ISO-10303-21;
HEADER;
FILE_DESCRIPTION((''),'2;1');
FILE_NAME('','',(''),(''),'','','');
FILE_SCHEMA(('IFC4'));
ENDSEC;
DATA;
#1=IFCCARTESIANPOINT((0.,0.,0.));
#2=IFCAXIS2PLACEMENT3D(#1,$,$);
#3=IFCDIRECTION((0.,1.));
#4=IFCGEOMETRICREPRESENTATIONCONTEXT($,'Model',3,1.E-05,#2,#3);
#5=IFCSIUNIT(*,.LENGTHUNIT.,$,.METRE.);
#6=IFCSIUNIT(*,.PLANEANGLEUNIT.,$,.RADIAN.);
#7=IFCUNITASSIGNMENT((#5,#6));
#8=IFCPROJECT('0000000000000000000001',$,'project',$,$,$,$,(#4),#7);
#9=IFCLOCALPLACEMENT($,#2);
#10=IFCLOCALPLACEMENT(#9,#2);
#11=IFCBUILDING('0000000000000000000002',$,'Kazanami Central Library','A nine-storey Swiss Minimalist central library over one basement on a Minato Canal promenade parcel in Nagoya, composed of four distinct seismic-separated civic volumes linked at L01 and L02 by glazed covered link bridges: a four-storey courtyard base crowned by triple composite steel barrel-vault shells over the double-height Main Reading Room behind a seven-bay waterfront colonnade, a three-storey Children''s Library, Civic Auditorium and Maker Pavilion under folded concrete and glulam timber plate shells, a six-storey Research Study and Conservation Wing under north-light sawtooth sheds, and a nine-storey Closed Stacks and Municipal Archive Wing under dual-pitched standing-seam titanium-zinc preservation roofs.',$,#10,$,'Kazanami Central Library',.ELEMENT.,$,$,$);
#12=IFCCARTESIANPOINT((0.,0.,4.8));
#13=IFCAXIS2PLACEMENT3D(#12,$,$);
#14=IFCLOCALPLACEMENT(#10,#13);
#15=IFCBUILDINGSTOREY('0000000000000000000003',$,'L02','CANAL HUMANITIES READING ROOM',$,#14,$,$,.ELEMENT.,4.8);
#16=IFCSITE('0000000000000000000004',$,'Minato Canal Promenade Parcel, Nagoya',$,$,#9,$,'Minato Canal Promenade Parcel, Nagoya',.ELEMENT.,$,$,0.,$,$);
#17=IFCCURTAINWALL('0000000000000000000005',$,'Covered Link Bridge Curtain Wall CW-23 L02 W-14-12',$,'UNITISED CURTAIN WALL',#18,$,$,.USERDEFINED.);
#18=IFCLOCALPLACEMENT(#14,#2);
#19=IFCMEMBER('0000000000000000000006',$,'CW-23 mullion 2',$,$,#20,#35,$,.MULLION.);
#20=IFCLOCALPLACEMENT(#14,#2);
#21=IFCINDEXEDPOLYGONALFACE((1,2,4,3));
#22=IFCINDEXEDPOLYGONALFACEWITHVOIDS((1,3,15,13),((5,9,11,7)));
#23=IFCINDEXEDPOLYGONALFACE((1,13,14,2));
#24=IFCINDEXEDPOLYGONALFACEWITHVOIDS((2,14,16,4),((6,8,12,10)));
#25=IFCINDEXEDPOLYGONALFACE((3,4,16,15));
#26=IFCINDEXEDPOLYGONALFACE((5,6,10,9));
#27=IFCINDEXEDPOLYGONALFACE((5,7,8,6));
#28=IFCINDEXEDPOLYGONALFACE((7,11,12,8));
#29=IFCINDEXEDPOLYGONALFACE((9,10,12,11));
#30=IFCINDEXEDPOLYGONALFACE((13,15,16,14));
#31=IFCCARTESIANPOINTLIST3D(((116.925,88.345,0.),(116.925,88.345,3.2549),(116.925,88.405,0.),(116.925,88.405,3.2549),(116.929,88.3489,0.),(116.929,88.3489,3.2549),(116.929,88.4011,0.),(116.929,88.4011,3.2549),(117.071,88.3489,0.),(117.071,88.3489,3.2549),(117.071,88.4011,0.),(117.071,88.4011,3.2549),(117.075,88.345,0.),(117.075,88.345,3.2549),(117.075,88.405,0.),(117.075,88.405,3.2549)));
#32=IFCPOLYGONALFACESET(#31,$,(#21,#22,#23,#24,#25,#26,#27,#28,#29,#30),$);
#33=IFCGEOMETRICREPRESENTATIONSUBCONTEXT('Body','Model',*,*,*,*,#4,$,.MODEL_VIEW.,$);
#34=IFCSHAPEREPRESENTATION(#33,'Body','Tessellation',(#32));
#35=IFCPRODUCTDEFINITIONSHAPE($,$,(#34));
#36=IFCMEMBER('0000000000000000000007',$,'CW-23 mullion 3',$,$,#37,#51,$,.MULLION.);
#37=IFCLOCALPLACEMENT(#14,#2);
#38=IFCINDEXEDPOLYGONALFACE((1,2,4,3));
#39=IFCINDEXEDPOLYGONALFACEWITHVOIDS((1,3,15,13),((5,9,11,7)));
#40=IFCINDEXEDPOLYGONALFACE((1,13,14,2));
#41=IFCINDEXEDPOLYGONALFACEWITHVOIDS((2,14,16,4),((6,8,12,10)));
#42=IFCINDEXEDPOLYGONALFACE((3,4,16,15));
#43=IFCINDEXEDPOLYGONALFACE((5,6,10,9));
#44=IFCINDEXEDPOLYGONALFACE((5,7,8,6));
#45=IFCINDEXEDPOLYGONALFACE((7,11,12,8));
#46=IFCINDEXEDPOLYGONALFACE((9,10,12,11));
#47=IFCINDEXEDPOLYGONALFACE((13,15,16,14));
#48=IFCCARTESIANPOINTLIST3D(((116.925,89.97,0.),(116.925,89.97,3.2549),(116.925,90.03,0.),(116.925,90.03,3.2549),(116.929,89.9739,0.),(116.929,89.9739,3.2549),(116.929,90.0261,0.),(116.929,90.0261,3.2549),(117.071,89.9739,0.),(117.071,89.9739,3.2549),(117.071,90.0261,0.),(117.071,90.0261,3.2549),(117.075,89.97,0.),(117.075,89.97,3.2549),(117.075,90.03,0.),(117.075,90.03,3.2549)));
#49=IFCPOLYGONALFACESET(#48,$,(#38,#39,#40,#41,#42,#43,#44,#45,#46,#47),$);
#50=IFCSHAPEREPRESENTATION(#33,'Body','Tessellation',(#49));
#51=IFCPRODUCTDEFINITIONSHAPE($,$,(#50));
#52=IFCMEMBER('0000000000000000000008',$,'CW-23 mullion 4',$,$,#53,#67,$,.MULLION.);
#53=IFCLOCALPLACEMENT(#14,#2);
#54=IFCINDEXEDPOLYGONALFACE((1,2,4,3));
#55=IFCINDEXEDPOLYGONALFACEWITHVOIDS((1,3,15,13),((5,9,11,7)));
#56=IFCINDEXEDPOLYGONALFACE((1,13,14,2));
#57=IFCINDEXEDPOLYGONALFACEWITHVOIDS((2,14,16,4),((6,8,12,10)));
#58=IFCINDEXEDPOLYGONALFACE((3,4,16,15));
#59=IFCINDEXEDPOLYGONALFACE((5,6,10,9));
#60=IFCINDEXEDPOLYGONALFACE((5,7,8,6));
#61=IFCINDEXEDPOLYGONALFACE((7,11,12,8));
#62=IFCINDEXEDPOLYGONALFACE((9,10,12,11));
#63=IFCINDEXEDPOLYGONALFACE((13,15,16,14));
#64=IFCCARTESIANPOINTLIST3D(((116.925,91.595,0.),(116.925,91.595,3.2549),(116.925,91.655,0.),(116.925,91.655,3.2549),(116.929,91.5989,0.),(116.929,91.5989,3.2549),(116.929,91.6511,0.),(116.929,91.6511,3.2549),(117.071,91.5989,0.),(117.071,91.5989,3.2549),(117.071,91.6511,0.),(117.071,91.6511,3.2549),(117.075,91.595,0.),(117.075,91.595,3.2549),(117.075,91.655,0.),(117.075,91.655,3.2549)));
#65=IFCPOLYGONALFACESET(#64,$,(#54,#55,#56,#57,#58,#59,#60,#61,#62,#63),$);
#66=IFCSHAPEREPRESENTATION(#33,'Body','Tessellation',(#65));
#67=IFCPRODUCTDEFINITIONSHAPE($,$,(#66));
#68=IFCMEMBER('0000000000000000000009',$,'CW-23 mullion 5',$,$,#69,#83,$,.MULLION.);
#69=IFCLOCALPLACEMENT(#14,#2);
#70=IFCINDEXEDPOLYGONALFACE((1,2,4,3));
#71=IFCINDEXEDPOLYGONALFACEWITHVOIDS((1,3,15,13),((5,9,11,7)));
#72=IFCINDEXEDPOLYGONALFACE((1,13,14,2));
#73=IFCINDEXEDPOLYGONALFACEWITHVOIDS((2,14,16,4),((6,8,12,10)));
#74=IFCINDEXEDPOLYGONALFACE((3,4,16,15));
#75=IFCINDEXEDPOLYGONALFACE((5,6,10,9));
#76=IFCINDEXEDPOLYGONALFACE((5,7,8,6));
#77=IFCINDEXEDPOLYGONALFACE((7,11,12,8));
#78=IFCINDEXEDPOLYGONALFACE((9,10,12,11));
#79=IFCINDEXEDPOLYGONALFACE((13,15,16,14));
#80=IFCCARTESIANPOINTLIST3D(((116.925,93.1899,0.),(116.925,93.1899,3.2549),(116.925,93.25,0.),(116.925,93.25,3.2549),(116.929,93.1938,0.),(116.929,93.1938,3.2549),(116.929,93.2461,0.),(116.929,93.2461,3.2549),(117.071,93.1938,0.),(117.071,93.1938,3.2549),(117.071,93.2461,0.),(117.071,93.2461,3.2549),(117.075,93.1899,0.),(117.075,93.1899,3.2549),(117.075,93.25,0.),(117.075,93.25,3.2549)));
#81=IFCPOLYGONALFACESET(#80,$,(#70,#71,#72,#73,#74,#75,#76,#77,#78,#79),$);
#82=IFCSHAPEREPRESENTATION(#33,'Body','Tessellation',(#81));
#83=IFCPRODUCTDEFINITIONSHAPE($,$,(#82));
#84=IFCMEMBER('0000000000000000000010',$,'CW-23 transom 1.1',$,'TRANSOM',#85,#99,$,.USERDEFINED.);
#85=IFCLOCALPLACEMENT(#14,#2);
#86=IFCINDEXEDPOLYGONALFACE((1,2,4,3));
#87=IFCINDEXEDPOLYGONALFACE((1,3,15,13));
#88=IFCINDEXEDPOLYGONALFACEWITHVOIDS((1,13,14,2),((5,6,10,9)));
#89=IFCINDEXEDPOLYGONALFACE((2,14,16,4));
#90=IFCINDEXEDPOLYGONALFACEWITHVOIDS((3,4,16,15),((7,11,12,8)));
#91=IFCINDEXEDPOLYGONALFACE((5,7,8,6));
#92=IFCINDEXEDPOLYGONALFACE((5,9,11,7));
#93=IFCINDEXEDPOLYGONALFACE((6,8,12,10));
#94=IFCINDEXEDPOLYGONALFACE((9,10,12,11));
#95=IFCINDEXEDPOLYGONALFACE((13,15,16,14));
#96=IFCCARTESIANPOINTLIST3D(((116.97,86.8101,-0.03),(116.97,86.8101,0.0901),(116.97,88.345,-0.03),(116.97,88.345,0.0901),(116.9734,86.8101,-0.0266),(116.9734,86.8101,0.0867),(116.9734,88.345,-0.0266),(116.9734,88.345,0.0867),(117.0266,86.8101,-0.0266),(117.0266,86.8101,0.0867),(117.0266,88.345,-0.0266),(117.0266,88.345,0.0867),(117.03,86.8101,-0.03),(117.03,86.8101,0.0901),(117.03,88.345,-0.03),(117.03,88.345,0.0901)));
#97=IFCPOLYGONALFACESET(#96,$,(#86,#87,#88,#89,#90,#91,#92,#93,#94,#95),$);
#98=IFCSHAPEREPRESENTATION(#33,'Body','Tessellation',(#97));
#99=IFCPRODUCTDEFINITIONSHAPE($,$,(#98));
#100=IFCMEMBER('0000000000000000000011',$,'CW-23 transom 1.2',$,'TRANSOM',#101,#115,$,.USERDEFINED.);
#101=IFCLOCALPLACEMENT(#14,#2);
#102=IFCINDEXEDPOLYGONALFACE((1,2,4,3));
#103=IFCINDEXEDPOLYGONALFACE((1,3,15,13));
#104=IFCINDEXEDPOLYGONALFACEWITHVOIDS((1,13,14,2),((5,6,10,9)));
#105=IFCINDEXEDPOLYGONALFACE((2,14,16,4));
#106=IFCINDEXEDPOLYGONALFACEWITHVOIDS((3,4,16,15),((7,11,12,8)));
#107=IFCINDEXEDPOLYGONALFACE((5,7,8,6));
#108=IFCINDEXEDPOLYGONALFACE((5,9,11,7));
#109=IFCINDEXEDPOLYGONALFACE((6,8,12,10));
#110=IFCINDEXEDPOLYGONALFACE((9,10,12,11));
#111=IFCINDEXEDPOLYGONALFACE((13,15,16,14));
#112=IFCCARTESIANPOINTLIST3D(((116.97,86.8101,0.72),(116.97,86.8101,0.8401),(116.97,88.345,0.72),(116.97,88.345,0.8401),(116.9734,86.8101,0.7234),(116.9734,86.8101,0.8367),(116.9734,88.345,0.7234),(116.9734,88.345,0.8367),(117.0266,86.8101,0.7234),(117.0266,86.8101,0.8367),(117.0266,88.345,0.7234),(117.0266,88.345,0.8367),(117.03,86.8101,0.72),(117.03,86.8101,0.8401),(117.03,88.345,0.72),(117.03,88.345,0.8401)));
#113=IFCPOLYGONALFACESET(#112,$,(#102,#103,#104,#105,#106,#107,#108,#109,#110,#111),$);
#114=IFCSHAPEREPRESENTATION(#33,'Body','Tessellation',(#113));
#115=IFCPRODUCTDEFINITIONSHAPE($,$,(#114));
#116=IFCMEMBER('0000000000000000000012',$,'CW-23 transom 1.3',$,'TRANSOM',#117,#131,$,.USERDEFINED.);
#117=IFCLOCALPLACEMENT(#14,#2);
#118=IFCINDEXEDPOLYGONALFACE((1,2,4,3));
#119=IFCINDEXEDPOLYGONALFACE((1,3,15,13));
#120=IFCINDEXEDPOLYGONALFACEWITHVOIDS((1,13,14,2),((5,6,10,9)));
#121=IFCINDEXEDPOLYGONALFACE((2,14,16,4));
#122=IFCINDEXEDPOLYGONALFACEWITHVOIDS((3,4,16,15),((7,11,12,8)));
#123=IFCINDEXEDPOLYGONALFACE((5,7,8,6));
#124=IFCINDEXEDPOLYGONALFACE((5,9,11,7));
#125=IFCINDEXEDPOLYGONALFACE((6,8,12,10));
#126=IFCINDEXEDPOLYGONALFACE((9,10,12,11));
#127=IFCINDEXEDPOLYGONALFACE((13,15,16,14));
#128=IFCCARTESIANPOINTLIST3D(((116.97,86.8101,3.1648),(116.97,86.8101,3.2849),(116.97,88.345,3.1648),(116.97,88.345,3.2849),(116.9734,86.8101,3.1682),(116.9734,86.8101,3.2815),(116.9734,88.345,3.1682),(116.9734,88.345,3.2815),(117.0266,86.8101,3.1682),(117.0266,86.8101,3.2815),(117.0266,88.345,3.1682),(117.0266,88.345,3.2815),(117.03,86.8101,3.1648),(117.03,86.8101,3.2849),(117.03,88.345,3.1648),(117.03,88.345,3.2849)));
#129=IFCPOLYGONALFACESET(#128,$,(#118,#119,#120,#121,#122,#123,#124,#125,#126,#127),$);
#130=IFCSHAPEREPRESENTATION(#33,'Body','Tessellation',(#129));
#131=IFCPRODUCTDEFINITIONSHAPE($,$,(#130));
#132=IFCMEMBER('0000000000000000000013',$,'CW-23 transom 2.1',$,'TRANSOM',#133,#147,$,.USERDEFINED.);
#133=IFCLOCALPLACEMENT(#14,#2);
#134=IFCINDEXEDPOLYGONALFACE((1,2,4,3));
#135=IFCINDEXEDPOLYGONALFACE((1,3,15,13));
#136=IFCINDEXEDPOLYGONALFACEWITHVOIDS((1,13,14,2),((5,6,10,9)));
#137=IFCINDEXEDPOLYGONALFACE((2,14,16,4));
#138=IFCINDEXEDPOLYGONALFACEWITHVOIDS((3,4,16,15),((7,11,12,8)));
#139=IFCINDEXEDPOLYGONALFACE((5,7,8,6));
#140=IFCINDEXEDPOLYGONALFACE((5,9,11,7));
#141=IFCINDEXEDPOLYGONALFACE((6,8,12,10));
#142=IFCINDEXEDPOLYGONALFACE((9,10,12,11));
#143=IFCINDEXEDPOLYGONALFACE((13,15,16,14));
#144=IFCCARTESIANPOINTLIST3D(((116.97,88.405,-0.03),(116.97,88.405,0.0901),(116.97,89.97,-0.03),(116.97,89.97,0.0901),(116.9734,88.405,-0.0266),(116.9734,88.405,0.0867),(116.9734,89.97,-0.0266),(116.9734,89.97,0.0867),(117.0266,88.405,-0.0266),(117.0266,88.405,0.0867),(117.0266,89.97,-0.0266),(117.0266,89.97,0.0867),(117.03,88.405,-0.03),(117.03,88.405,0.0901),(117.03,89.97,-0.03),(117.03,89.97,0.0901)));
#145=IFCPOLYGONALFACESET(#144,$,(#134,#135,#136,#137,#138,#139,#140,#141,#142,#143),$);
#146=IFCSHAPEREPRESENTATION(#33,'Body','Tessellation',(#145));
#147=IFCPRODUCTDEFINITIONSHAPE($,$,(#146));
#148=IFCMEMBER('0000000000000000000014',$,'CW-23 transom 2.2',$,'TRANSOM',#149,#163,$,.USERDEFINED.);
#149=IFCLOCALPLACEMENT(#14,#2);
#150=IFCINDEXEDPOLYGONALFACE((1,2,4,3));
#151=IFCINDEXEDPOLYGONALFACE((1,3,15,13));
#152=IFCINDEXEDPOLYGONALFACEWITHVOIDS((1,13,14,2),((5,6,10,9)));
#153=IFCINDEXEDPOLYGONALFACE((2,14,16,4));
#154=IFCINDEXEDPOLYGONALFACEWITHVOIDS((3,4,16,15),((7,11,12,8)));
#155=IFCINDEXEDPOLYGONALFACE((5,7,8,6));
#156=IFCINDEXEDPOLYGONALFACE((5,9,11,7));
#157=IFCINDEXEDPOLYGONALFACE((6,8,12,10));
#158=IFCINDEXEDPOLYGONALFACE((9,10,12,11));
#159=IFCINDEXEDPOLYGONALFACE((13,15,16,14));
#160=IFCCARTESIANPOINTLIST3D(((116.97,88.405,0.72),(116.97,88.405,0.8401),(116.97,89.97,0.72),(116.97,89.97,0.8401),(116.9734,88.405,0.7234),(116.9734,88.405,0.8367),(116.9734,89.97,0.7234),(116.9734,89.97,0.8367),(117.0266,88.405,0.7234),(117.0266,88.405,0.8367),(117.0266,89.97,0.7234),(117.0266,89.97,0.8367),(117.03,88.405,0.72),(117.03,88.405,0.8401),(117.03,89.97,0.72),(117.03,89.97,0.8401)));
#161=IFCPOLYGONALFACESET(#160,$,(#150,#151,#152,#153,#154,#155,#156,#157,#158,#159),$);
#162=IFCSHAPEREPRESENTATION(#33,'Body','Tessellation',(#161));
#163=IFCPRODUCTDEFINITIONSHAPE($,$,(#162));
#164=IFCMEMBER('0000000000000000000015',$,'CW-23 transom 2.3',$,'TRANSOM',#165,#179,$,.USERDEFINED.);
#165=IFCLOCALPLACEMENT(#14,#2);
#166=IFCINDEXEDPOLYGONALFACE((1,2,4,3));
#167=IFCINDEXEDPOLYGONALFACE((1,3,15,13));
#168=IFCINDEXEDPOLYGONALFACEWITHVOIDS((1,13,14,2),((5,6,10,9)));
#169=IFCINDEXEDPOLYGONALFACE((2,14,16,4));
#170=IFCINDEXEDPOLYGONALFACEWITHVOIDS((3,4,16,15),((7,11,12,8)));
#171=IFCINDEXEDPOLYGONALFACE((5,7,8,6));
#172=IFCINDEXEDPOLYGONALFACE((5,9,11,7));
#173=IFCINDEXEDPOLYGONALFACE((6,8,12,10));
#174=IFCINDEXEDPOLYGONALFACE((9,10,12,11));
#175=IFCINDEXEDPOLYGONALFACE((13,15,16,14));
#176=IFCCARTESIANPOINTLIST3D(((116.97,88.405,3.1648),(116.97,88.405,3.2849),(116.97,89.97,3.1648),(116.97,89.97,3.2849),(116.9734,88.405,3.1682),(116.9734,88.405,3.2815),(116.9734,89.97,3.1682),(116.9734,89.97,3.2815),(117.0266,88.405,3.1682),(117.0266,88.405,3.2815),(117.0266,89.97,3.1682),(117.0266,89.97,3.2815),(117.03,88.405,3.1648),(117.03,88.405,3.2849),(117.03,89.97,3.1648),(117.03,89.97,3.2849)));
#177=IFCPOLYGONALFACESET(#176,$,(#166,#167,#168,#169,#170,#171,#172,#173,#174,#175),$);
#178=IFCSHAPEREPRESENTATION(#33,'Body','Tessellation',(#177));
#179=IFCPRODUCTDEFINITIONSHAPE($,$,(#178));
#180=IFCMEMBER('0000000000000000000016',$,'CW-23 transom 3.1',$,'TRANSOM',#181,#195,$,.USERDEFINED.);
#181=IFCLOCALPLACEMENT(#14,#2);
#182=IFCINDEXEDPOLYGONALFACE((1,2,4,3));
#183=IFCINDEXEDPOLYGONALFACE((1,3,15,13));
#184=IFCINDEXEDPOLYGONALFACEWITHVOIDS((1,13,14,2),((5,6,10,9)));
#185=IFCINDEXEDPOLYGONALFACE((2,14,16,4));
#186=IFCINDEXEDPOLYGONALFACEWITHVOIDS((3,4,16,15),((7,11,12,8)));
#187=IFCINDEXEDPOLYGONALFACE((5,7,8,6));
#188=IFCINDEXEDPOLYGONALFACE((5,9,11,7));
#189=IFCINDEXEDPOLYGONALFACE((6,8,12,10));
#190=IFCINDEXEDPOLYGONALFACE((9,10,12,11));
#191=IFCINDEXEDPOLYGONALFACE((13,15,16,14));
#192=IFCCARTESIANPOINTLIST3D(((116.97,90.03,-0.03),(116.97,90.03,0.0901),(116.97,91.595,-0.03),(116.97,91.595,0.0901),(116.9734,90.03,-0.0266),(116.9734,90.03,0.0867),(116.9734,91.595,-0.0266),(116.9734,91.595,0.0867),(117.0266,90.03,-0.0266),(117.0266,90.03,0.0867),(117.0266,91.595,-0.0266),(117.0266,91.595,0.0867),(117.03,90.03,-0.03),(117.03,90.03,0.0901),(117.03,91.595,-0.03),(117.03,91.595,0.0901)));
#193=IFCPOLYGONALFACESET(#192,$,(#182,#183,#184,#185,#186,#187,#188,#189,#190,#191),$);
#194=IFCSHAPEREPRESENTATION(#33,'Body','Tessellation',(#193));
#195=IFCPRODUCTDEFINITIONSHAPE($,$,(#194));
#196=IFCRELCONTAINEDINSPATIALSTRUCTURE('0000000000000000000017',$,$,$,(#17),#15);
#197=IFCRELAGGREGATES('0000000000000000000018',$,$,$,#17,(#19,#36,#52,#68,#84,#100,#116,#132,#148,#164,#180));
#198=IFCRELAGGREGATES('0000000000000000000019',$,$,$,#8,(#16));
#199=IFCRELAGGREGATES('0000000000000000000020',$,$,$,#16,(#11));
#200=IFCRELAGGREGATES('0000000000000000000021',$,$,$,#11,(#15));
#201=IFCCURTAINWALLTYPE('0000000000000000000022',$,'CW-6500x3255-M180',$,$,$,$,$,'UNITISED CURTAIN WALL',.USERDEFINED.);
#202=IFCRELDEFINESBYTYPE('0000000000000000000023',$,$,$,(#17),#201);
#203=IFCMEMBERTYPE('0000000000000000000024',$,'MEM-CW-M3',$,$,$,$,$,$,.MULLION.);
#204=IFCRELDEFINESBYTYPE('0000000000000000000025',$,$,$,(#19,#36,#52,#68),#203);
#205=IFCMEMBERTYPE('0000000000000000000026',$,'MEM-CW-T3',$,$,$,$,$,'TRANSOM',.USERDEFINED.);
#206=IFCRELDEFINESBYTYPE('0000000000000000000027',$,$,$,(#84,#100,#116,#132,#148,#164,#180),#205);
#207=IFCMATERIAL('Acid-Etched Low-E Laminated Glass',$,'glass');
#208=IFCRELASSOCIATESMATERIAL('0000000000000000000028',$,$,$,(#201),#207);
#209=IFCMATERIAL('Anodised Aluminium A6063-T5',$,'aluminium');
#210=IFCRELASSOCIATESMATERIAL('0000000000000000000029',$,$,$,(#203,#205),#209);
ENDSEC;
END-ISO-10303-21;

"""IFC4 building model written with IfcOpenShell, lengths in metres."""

from ifc_helpers import new_model, si_unit, direction, frame, origin, origin_2d, place, context, subcontext, project, spatial, hollow_rectangle, extrude, material, material_profile, profile_set, type_object, element, aggregate, save


model = new_model("IFC4")

# Units and contexts
model_context = context("Model", 3, precision=1e-05, world=origin(), true_north=direction((0.0, 1.0)))
body_context = subcontext(model_context, "Body", "Model", "MODEL_VIEW")
ifc_project = project(units=[si_unit("LENGTHUNIT", "METRE"), si_unit("PLANEANGLEUNIT", "RADIAN")], contexts=[model_context])

# Site, building, storey
site_placement = place(None, origin())
site = spatial("IfcSite", under=ifc_project, at=site_placement, Name="Minato Canal Promenade Parcel, Nagoya", LongName="Minato Canal Promenade Parcel, Nagoya", CompositionType="ELEMENT", RefElevation=0.0)
building_placement = place(site_placement, origin())
building = spatial("IfcBuilding", under=site, at=building_placement, Name="Kazanami Central Library", Description="A nine-storey Swiss Minimalist central library over one basement on a Minato Canal promenade parcel in Nagoya, composed of four distinct seismic-separated civic volumes linked at L01 and L02 by glazed covered link bridges: a four-storey courtyard base crowned by triple composite steel barrel-vault shells over the double-height Main Reading Room behind a seven-bay waterfront colonnade, a three-storey Children's Library, Civic Auditorium and Maker Pavilion under folded concrete and glulam timber plate shells, a six-storey Research Study and Conservation Wing under north-light sawtooth sheds, and a nine-storey Closed Stacks and Municipal Archive Wing under dual-pitched standing-seam titanium-zinc preservation roofs.", LongName="Kazanami Central Library", CompositionType="ELEMENT")
storey_placement = place(building_placement, frame((0.0, 0.0, 4.8)))
storey = spatial("IfcBuildingStorey", under=building, at=storey_placement, Name="L02", Description="CANAL HUMANITIES READING ROOM", CompositionType="ELEMENT", Elevation=4.8)

# Curtain wall, members
ifc_material_1 = material(Name="Acid-Etched Low-E Laminated Glass", Category="glass")
curtain_wall_type = type_object("IfcCurtainWallType", Name="CW-6500x3255-M180", ElementType="UNITISED CURTAIN WALL", PredefinedType="USERDEFINED", material=ifc_material_1)
curtain_wall_placement = place(storey_placement, origin())
curtain_wall = element("IfcCurtainWall", 1, at=curtain_wall_placement, inside=storey, type_object=curtain_wall_type, Name="Covered Link Bridge Curtain Wall CW-23 L02 W-14-12", ObjectType="UNITISED CURTAIN WALL", PredefinedType="USERDEFINED")
ifc_material_2 = material(Name="Anodised Aluminium A6063-T5", Category="aluminium")
ifc_material_profile_1 = material_profile(ifc_material_2, hollow_rectangle(XDim=0.0601, YDim=0.1499, WallThickness=0.0039, at=origin_2d()), Name="ALU-MULL-60x150x4")
ifc_profile_set_1 = profile_set([ifc_material_profile_1], Name="Anodised Aluminium A6063-T5")
member_type_1 = type_object("IfcMemberType", Name="MEM-CW-M3", PredefinedType="MULLION", material=ifc_profile_set_1)
member_1_placement = place(storey_placement, frame((117.0, 88.375, 0.0), z_axis=(0.0, 0.0, 1.0), x_axis=(0.0, 1.0, 0.0)))
member_1 = element("IfcMember", 2, at=member_1_placement, type_object=member_type_1, Name="CW-23 mullion 2", PredefinedType="MULLION", context=body_context, shape_type="SweptSolid", body=[
    extrude(hollow_rectangle(XDim=0.0601, YDim=0.1499, WallThickness=0.0039, at=origin_2d()), origin(), (0.0, 0.0, 1.0), 3.2549),
])
member_2_placement = place(storey_placement, frame((117.0, 90.0, 0.0), z_axis=(0.0, 0.0, 1.0), x_axis=(0.0, 1.0, 0.0)))
member_2 = element("IfcMember", 3, at=member_2_placement, type_object=member_type_1, Name="CW-23 mullion 3", PredefinedType="MULLION", context=body_context, shape_type="SweptSolid", body=[
    extrude(hollow_rectangle(XDim=0.0601, YDim=0.1499, WallThickness=0.0039, at=origin_2d()), origin(), (0.0, 0.0, 1.0), 3.2549),
])
member_3_placement = place(storey_placement, frame((117.0, 91.625, 0.0), z_axis=(0.0, 0.0, 1.0), x_axis=(0.0, 1.0, 0.0)))
member_3 = element("IfcMember", 4, at=member_3_placement, type_object=member_type_1, Name="CW-23 mullion 4", PredefinedType="MULLION", context=body_context, shape_type="SweptSolid", body=[
    extrude(hollow_rectangle(XDim=0.0601, YDim=0.1499, WallThickness=0.0039, at=origin_2d()), origin(), (0.0, 0.0, 1.0), 3.2549),
])
member_4_placement = place(storey_placement, frame((117.0, 93.22, 0.0), z_axis=(0.0, 0.0, 1.0), x_axis=(0.0, 1.0, 0.0)))
member_4 = element("IfcMember", 5, at=member_4_placement, type_object=member_type_1, Name="CW-23 mullion 5", PredefinedType="MULLION", context=body_context, shape_type="SweptSolid", body=[
    extrude(hollow_rectangle(XDim=0.0601, YDim=0.1499, WallThickness=0.0039, at=origin_2d()), origin(), (0.0, 0.0, 1.0), 3.2549),
])
ifc_material_profile_2 = material_profile(ifc_material_2, hollow_rectangle(XDim=0.0601, YDim=0.1201, WallThickness=0.0034, at=origin_2d()), Name="ALU-TRAN-60x120x3.5")
ifc_profile_set_2 = profile_set([ifc_material_profile_2], Name="Anodised Aluminium A6063-T5")
member_type_2 = type_object("IfcMemberType", Name="MEM-CW-T3", ElementType="TRANSOM", PredefinedType="USERDEFINED", material=ifc_profile_set_2)
member_5_placement = place(storey_placement, frame((117.0, 86.8101, 0.03), z_axis=(0.0, 1.0, 0.0), x_axis=(-1.0, 0.0, 0.0)))
member_5 = element("IfcMember", 6, at=member_5_placement, type_object=member_type_2, Name="CW-23 transom 1.1", ObjectType="TRANSOM", PredefinedType="USERDEFINED", context=body_context, shape_type="SweptSolid", body=[
    extrude(hollow_rectangle(XDim=0.0601, YDim=0.1201, WallThickness=0.0034, at=origin_2d()), origin(), (0.0, 0.0, 1.0), 1.5349),
])
member_6_placement = place(storey_placement, frame((117.0, 86.8101, 0.78), z_axis=(0.0, 1.0, 0.0), x_axis=(-1.0, 0.0, 0.0)))
member_6 = element("IfcMember", 7, at=member_6_placement, type_object=member_type_2, Name="CW-23 transom 1.2", ObjectType="TRANSOM", PredefinedType="USERDEFINED", context=body_context, shape_type="SweptSolid", body=[
    extrude(hollow_rectangle(XDim=0.0601, YDim=0.1201, WallThickness=0.0034, at=origin_2d()), origin(), (0.0, 0.0, 1.0), 1.5349),
])
member_7_placement = place(storey_placement, frame((117.0, 86.8101, 3.2249), z_axis=(0.0, 1.0, 0.0), x_axis=(-1.0, 0.0, 0.0)))
member_7 = element("IfcMember", 8, at=member_7_placement, type_object=member_type_2, Name="CW-23 transom 1.3", ObjectType="TRANSOM", PredefinedType="USERDEFINED", context=body_context, shape_type="SweptSolid", body=[
    extrude(hollow_rectangle(XDim=0.0601, YDim=0.1201, WallThickness=0.0034, at=origin_2d()), origin(), (0.0, 0.0, 1.0), 1.5349),
])
member_8_placement = place(storey_placement, frame((117.0, 88.405, 0.03), z_axis=(0.0, 1.0, 0.0), x_axis=(-1.0, 0.0, 0.0)))
member_8 = element("IfcMember", 9, at=member_8_placement, type_object=member_type_2, Name="CW-23 transom 2.1", ObjectType="TRANSOM", PredefinedType="USERDEFINED", context=body_context, shape_type="SweptSolid", body=[
    extrude(hollow_rectangle(XDim=0.0601, YDim=0.1201, WallThickness=0.0034, at=origin_2d()), origin(), (0.0, 0.0, 1.0), 1.5649),
])
member_9_placement = place(storey_placement, frame((117.0, 88.405, 0.78), z_axis=(0.0, 1.0, 0.0), x_axis=(-1.0, 0.0, 0.0)))
member_9 = element("IfcMember", 10, at=member_9_placement, type_object=member_type_2, Name="CW-23 transom 2.2", ObjectType="TRANSOM", PredefinedType="USERDEFINED", context=body_context, shape_type="SweptSolid", body=[
    extrude(hollow_rectangle(XDim=0.0601, YDim=0.1201, WallThickness=0.0034, at=origin_2d()), origin(), (0.0, 0.0, 1.0), 1.5649),
])
member_10_placement = place(storey_placement, frame((117.0, 88.405, 3.2249), z_axis=(0.0, 1.0, 0.0), x_axis=(-1.0, 0.0, 0.0)))
member_10 = element("IfcMember", 11, at=member_10_placement, type_object=member_type_2, Name="CW-23 transom 2.3", ObjectType="TRANSOM", PredefinedType="USERDEFINED", context=body_context, shape_type="SweptSolid", body=[
    extrude(hollow_rectangle(XDim=0.0601, YDim=0.1201, WallThickness=0.0034, at=origin_2d()), origin(), (0.0, 0.0, 1.0), 1.5649),
])
member_11_placement = place(storey_placement, frame((117.0, 90.03, 0.03), z_axis=(0.0, 1.0, 0.0), x_axis=(-1.0, 0.0, 0.0)))
member_11 = element("IfcMember", 12, at=member_11_placement, type_object=member_type_2, Name="CW-23 transom 3.1", ObjectType="TRANSOM", PredefinedType="USERDEFINED", context=body_context, shape_type="SweptSolid", body=[
    extrude(hollow_rectangle(XDim=0.0601, YDim=0.1201, WallThickness=0.0034, at=origin_2d()), origin(), (0.0, 0.0, 1.0), 1.5649),
])
aggregate(curtain_wall, [member_1, member_2, member_3, member_4, member_5, member_6, member_7, member_8, member_9, member_10, member_11])

save(model, "model.ifc")
